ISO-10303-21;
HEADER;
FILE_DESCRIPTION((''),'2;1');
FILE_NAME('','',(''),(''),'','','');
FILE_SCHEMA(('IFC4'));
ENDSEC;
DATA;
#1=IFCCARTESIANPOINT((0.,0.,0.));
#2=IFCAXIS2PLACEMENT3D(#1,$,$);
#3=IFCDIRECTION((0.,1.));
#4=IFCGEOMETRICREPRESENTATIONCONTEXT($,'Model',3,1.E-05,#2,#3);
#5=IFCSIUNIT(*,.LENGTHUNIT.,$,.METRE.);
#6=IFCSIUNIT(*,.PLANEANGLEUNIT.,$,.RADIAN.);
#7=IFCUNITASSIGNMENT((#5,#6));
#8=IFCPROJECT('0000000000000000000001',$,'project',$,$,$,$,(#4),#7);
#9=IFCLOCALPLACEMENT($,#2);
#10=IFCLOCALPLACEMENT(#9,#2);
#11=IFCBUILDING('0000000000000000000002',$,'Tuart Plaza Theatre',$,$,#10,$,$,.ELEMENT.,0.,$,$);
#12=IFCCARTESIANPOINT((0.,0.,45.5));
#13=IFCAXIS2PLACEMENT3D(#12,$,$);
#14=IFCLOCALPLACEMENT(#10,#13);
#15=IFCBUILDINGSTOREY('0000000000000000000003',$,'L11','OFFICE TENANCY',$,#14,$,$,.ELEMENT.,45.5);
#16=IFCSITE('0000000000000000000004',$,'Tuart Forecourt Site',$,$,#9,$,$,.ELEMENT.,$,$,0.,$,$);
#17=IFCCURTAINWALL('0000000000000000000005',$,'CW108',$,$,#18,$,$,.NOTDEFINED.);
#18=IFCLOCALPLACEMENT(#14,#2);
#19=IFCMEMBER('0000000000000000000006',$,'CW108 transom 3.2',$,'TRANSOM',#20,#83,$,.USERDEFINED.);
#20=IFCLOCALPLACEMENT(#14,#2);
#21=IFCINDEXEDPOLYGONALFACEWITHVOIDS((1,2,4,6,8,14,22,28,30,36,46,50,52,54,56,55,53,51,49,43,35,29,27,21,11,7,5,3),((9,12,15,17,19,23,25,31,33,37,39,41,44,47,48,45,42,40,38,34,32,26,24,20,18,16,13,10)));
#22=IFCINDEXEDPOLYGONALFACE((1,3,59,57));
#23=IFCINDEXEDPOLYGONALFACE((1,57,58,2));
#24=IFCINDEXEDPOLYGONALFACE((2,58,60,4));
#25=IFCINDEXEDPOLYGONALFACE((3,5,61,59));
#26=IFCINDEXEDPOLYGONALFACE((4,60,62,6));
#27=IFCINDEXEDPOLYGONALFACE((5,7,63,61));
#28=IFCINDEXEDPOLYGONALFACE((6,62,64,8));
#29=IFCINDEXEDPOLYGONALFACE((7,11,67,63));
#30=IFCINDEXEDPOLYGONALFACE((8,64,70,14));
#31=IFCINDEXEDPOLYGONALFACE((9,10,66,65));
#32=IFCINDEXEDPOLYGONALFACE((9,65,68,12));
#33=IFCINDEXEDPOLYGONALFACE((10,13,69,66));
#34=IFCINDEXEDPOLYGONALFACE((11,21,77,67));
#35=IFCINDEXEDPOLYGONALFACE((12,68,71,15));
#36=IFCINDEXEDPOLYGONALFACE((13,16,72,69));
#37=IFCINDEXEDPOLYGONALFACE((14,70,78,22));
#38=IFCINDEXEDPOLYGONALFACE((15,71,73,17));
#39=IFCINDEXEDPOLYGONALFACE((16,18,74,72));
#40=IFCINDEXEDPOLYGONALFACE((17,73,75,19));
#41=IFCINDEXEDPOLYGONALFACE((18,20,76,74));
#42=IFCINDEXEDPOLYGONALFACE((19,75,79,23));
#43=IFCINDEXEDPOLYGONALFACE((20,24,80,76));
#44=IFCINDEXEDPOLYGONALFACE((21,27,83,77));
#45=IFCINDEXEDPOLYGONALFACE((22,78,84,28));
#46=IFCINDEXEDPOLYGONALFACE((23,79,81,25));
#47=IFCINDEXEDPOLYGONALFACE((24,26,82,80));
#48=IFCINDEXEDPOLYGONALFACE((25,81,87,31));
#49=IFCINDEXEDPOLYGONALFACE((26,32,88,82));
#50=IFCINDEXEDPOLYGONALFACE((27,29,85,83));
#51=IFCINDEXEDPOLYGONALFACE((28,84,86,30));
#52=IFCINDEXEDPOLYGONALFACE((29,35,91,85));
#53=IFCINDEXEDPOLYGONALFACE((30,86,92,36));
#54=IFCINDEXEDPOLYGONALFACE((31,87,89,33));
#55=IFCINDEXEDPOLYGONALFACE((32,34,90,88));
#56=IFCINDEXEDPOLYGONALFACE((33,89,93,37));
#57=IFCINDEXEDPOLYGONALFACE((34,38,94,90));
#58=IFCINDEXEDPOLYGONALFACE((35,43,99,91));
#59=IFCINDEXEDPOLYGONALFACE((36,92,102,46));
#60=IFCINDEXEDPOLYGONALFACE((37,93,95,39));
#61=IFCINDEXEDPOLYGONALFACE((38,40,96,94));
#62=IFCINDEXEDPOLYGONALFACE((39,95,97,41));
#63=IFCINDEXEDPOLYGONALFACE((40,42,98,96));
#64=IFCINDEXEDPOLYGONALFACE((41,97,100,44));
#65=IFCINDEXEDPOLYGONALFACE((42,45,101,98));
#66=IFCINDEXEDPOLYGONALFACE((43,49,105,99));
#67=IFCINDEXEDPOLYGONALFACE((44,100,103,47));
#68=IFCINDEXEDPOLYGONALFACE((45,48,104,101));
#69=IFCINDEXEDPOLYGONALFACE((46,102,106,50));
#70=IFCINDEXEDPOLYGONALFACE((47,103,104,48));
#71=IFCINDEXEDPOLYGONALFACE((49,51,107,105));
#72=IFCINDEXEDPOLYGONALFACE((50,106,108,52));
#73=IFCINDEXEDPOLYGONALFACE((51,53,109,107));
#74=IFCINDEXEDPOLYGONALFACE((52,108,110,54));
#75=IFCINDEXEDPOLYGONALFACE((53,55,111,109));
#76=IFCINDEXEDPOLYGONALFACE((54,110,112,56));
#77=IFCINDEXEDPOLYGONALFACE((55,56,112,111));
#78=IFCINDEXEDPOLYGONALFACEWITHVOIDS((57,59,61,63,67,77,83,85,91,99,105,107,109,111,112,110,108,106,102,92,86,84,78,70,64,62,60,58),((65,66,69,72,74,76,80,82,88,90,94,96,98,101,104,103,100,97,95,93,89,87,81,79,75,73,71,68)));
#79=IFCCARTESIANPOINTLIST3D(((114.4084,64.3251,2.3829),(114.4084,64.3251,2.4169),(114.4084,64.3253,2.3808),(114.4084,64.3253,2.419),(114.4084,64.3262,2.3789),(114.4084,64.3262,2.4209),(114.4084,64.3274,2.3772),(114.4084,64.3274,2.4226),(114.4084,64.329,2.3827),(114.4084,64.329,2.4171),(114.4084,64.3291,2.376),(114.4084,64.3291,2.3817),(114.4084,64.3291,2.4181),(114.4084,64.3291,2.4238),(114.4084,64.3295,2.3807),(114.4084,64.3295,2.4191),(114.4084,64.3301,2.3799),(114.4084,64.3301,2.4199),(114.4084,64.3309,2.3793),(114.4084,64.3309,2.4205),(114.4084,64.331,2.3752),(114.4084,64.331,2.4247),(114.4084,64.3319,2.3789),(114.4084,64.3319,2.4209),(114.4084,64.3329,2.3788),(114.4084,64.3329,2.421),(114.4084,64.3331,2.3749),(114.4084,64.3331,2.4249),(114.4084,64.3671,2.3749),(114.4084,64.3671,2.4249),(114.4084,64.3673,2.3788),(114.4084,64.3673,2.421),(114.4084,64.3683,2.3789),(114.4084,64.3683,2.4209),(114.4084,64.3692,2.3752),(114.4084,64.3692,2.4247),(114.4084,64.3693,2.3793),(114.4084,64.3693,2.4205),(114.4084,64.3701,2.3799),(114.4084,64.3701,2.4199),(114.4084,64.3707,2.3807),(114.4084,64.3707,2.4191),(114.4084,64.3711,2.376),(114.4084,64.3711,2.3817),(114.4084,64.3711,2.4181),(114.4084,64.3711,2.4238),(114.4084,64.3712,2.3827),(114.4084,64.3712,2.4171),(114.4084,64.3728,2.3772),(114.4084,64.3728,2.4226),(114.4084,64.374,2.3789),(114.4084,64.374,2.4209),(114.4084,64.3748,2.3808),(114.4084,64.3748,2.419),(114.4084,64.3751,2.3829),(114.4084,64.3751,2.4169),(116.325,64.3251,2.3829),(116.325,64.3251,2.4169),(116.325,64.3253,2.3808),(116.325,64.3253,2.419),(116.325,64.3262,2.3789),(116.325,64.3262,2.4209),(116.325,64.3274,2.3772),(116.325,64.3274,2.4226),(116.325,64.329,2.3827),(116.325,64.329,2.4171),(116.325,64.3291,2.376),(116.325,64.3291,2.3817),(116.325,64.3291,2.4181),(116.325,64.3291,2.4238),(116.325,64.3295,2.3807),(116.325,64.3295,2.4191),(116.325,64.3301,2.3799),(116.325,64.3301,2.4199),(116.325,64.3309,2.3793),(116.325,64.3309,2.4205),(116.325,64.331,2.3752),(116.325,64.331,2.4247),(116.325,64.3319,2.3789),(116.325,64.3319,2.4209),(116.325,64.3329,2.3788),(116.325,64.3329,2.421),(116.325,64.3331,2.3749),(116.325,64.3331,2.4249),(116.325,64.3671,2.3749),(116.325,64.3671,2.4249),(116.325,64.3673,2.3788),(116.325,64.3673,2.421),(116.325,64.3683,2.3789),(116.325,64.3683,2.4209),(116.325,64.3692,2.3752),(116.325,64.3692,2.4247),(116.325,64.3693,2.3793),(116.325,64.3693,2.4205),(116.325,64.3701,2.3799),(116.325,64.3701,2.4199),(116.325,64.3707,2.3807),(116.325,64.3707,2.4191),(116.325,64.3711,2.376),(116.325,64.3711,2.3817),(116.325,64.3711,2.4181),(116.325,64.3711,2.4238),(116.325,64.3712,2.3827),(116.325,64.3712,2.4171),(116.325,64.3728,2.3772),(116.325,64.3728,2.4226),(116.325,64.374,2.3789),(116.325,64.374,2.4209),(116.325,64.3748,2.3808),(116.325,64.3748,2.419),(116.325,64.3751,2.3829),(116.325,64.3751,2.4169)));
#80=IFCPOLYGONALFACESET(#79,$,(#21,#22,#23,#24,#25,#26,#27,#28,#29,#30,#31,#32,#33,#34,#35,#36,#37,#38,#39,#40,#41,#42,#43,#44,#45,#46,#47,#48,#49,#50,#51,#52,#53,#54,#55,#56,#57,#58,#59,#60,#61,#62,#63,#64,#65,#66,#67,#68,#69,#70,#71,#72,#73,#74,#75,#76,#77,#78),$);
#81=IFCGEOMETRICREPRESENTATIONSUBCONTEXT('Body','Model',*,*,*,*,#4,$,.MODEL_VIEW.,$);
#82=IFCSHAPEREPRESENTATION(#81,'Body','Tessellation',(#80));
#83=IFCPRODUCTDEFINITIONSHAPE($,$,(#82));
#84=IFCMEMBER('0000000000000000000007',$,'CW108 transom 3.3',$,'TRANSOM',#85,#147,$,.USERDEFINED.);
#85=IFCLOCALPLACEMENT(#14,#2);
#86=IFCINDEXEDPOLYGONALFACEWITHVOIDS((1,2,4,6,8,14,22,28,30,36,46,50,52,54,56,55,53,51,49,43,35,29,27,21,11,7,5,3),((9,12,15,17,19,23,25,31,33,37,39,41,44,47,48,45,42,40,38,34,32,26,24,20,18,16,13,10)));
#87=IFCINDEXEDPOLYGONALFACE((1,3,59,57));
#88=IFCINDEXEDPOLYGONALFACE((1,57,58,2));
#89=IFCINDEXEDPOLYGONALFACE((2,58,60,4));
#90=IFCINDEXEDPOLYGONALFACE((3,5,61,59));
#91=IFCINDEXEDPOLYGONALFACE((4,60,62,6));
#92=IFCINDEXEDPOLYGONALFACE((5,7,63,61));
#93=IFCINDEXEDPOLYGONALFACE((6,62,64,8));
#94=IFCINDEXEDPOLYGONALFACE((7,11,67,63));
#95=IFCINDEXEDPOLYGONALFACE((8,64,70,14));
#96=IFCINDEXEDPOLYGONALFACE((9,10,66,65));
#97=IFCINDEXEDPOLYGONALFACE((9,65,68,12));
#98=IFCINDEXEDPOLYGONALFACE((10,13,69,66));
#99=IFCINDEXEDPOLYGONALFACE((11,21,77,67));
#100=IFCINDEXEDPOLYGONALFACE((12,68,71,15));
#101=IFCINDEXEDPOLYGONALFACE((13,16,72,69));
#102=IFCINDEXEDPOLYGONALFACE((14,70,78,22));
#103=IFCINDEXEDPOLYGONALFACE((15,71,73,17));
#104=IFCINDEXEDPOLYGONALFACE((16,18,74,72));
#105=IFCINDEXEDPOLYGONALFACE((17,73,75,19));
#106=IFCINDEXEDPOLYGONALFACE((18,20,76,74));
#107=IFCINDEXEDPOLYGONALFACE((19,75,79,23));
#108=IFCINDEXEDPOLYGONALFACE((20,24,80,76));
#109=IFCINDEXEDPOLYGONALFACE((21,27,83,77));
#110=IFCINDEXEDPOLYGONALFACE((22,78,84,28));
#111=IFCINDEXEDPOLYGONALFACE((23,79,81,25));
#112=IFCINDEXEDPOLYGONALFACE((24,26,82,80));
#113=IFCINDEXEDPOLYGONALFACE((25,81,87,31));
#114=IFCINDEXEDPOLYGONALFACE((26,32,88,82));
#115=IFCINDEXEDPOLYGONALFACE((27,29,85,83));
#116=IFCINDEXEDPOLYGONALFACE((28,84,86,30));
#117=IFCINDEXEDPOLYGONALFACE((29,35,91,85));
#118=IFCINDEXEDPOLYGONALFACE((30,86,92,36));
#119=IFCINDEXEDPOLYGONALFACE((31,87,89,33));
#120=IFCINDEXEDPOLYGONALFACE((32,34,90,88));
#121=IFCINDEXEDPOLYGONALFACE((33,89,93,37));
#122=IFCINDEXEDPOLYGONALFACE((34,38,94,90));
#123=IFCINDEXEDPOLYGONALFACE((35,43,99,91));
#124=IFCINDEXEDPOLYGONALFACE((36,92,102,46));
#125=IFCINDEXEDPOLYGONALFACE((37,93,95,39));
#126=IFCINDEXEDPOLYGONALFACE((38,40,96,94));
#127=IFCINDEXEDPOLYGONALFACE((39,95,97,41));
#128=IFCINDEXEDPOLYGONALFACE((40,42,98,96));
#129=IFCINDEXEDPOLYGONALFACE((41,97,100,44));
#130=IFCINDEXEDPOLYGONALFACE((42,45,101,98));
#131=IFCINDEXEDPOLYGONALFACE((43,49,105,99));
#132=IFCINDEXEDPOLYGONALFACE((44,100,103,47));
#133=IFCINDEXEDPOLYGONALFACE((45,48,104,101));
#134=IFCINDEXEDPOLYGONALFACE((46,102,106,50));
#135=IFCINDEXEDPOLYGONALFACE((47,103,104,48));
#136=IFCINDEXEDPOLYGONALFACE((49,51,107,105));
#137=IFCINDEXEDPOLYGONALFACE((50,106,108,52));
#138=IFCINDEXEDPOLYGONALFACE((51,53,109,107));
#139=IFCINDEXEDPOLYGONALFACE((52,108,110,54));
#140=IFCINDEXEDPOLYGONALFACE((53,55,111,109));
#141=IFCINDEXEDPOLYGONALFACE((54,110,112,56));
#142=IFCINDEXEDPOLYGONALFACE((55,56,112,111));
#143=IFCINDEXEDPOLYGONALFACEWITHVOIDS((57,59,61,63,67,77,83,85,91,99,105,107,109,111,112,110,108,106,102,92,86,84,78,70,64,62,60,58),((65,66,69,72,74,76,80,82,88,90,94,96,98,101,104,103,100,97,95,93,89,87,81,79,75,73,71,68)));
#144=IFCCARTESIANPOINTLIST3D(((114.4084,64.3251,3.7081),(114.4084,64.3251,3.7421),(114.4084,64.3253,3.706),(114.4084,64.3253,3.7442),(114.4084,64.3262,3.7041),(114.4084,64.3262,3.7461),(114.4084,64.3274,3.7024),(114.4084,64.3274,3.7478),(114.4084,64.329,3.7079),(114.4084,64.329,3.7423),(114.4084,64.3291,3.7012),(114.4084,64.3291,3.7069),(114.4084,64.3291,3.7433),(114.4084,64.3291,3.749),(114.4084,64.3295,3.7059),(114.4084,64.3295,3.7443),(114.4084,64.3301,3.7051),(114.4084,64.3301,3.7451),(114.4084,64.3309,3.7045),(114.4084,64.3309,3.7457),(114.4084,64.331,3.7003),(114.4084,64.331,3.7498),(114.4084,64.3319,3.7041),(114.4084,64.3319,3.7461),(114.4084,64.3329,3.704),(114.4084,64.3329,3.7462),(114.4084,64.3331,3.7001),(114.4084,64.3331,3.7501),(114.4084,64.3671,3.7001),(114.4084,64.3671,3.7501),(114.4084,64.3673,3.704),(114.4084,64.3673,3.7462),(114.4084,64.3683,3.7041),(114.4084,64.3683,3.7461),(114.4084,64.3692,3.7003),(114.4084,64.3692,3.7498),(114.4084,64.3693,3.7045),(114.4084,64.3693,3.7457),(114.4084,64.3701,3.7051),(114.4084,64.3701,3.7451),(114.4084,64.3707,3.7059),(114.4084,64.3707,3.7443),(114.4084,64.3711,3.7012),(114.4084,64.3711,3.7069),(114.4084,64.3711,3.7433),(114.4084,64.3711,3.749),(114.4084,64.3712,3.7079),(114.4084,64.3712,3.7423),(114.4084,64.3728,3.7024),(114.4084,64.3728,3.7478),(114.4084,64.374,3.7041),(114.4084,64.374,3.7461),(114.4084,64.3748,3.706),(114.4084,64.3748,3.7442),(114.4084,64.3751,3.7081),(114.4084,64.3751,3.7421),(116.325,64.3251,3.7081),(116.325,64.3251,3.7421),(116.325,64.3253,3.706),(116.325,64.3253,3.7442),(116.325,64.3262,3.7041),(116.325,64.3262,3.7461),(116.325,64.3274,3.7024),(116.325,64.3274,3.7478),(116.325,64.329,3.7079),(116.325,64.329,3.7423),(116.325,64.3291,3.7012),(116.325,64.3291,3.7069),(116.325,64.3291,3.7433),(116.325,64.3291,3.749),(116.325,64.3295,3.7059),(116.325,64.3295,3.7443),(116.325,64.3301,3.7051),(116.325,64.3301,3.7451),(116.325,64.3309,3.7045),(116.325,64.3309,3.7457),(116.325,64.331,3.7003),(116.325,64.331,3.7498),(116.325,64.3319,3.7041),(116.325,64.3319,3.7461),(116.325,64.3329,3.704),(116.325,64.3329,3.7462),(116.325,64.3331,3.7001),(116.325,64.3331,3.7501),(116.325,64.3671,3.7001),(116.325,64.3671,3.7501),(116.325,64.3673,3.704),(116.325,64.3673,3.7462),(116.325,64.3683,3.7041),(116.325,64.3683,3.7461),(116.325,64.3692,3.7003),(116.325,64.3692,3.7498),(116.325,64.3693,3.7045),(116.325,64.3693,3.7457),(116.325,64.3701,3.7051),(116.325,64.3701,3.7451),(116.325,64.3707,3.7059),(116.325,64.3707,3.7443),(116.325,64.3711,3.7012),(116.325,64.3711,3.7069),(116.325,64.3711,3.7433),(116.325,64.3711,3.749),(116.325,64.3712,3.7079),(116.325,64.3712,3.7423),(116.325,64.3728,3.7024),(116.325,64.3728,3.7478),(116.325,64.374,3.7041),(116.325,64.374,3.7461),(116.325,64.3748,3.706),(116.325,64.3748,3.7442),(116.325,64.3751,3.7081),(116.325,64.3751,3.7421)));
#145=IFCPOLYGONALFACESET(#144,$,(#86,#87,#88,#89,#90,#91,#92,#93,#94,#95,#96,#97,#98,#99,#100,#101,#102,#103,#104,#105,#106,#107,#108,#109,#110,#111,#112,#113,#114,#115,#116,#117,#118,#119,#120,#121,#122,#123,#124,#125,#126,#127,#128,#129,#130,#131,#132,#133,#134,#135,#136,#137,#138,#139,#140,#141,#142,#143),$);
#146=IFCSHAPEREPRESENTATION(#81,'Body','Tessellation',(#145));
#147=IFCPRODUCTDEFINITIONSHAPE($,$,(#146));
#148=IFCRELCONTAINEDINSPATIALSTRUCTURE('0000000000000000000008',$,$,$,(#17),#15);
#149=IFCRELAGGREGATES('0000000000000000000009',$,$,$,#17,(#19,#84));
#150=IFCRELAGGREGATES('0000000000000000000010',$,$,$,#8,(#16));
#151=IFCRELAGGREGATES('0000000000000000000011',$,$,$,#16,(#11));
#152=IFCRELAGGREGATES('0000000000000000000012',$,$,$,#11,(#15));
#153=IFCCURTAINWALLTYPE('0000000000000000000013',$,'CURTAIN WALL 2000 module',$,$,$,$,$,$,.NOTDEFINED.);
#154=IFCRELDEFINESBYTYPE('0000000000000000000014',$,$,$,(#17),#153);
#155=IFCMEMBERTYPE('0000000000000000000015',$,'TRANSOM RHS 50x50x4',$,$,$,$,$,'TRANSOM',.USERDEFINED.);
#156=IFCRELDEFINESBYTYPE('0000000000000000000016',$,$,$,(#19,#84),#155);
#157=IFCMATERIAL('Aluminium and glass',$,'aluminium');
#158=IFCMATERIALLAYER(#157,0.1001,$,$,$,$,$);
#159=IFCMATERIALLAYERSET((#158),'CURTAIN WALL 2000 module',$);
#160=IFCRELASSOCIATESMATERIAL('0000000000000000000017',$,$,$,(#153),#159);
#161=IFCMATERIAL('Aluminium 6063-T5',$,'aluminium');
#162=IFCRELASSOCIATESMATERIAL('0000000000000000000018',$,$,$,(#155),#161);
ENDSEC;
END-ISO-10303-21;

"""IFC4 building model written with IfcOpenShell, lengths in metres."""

from ifc_helpers import new_model, si_unit, direction, frame, origin, origin_2d, place, context, subcontext, project, spatial, hollow_rectangle, extrude, material, layer, layer_set, material_profile, profile_set, type_object, element, aggregate, save


model = new_model("IFC4")

# Units and contexts
model_context = context("Model", 3, precision=1e-05, world=origin(), true_north=direction((0.0, 1.0)))
body_context = subcontext(model_context, "Body", "Model", "MODEL_VIEW")
ifc_project = project(units=[si_unit("LENGTHUNIT", "METRE"), si_unit("PLANEANGLEUNIT", "RADIAN")], contexts=[model_context])

# Site, building, storey
site_placement = place(None, origin())
site = spatial("IfcSite", under=ifc_project, at=site_placement, Name="Tuart Forecourt Site", CompositionType="ELEMENT", RefElevation=0.0)
building_placement = place(site_placement, origin())
building = spatial("IfcBuilding", under=site, at=building_placement, Name="Tuart Plaza Theatre", CompositionType="ELEMENT", ElevationOfRefHeight=0.0)
storey_placement = place(building_placement, frame((0.0, 0.0, 45.5)))
storey = spatial("IfcBuildingStorey", under=building, at=storey_placement, Name="L11", Description="OFFICE TENANCY", CompositionType="ELEMENT", Elevation=45.5)

# Curtain wall
ifc_material_1 = material(Name="Aluminium and glass", Category="aluminium")
ifc_layer_1 = layer(ifc_material_1, 0.1001)
ifc_layer_set_1 = layer_set([ifc_layer_1], Name="CURTAIN WALL 2000 module")
curtain_wall_type = type_object("IfcCurtainWallType", Name="CURTAIN WALL 2000 module", PredefinedType="NOTDEFINED", material=ifc_layer_set_1)
curtain_wall_1_placement = place(storey_placement, origin())
curtain_wall_1 = element("IfcCurtainWall", 1, at=curtain_wall_1_placement, inside=storey, type_object=curtain_wall_type, Name="CW108", PredefinedType="NOTDEFINED")
ifc_material_2 = material(Name="Aluminium 6063-T5", Category="aluminium")
ifc_material_profile_1 = material_profile(ifc_material_2, hollow_rectangle(XDim=0.05, YDim=0.05, WallThickness=0.0039, InnerFilletRadius=0.0039, OuterFilletRadius=0.0081, at=origin_2d()), Name="RHS 50x50x4")
ifc_profile_set_1 = profile_set([ifc_material_profile_1], Name="Aluminium 6063-T5")
member_type_1 = type_object("IfcMemberType", Name="TRANSOM RHS 50x50x4", ElementType="TRANSOM", PredefinedType="USERDEFINED", material=ifc_profile_set_1)

# Members
member_1_placement = place(storey_placement, frame((114.4084, 64.3501, 2.3999), z_axis=(1.0, 0.0, 0.0), x_axis=(0.0, 1.0, 0.0)))
member_1 = element("IfcMember", 2, at=member_1_placement, type_object=member_type_1, Name="CW108 transom 3.2", ObjectType="TRANSOM", PredefinedType="USERDEFINED", context=body_context, shape_type="SweptSolid", body=[
    extrude(hollow_rectangle(XDim=0.05, YDim=0.05, WallThickness=0.0039, InnerFilletRadius=0.0039, OuterFilletRadius=0.0081, at=origin_2d()), origin(), (0.0, 0.0, 1.0), 1.9165),
])
member_2_placement = place(storey_placement, frame((114.4084, 64.3501, 3.7251), z_axis=(1.0, 0.0, 0.0), x_axis=(0.0, 1.0, 0.0)))
member_2 = element("IfcMember", 3, at=member_2_placement, type_object=member_type_1, Name="CW108 transom 3.3", ObjectType="TRANSOM", PredefinedType="USERDEFINED", context=body_context, shape_type="SweptSolid", body=[
    extrude(hollow_rectangle(XDim=0.05, YDim=0.05, WallThickness=0.0039, InnerFilletRadius=0.0039, OuterFilletRadius=0.0081, at=origin_2d()), origin(), (0.0, 0.0, 1.0), 1.9165),
])

aggregate(curtain_wall_1, [member_1, member_2])

save(model, "model.ifc")
